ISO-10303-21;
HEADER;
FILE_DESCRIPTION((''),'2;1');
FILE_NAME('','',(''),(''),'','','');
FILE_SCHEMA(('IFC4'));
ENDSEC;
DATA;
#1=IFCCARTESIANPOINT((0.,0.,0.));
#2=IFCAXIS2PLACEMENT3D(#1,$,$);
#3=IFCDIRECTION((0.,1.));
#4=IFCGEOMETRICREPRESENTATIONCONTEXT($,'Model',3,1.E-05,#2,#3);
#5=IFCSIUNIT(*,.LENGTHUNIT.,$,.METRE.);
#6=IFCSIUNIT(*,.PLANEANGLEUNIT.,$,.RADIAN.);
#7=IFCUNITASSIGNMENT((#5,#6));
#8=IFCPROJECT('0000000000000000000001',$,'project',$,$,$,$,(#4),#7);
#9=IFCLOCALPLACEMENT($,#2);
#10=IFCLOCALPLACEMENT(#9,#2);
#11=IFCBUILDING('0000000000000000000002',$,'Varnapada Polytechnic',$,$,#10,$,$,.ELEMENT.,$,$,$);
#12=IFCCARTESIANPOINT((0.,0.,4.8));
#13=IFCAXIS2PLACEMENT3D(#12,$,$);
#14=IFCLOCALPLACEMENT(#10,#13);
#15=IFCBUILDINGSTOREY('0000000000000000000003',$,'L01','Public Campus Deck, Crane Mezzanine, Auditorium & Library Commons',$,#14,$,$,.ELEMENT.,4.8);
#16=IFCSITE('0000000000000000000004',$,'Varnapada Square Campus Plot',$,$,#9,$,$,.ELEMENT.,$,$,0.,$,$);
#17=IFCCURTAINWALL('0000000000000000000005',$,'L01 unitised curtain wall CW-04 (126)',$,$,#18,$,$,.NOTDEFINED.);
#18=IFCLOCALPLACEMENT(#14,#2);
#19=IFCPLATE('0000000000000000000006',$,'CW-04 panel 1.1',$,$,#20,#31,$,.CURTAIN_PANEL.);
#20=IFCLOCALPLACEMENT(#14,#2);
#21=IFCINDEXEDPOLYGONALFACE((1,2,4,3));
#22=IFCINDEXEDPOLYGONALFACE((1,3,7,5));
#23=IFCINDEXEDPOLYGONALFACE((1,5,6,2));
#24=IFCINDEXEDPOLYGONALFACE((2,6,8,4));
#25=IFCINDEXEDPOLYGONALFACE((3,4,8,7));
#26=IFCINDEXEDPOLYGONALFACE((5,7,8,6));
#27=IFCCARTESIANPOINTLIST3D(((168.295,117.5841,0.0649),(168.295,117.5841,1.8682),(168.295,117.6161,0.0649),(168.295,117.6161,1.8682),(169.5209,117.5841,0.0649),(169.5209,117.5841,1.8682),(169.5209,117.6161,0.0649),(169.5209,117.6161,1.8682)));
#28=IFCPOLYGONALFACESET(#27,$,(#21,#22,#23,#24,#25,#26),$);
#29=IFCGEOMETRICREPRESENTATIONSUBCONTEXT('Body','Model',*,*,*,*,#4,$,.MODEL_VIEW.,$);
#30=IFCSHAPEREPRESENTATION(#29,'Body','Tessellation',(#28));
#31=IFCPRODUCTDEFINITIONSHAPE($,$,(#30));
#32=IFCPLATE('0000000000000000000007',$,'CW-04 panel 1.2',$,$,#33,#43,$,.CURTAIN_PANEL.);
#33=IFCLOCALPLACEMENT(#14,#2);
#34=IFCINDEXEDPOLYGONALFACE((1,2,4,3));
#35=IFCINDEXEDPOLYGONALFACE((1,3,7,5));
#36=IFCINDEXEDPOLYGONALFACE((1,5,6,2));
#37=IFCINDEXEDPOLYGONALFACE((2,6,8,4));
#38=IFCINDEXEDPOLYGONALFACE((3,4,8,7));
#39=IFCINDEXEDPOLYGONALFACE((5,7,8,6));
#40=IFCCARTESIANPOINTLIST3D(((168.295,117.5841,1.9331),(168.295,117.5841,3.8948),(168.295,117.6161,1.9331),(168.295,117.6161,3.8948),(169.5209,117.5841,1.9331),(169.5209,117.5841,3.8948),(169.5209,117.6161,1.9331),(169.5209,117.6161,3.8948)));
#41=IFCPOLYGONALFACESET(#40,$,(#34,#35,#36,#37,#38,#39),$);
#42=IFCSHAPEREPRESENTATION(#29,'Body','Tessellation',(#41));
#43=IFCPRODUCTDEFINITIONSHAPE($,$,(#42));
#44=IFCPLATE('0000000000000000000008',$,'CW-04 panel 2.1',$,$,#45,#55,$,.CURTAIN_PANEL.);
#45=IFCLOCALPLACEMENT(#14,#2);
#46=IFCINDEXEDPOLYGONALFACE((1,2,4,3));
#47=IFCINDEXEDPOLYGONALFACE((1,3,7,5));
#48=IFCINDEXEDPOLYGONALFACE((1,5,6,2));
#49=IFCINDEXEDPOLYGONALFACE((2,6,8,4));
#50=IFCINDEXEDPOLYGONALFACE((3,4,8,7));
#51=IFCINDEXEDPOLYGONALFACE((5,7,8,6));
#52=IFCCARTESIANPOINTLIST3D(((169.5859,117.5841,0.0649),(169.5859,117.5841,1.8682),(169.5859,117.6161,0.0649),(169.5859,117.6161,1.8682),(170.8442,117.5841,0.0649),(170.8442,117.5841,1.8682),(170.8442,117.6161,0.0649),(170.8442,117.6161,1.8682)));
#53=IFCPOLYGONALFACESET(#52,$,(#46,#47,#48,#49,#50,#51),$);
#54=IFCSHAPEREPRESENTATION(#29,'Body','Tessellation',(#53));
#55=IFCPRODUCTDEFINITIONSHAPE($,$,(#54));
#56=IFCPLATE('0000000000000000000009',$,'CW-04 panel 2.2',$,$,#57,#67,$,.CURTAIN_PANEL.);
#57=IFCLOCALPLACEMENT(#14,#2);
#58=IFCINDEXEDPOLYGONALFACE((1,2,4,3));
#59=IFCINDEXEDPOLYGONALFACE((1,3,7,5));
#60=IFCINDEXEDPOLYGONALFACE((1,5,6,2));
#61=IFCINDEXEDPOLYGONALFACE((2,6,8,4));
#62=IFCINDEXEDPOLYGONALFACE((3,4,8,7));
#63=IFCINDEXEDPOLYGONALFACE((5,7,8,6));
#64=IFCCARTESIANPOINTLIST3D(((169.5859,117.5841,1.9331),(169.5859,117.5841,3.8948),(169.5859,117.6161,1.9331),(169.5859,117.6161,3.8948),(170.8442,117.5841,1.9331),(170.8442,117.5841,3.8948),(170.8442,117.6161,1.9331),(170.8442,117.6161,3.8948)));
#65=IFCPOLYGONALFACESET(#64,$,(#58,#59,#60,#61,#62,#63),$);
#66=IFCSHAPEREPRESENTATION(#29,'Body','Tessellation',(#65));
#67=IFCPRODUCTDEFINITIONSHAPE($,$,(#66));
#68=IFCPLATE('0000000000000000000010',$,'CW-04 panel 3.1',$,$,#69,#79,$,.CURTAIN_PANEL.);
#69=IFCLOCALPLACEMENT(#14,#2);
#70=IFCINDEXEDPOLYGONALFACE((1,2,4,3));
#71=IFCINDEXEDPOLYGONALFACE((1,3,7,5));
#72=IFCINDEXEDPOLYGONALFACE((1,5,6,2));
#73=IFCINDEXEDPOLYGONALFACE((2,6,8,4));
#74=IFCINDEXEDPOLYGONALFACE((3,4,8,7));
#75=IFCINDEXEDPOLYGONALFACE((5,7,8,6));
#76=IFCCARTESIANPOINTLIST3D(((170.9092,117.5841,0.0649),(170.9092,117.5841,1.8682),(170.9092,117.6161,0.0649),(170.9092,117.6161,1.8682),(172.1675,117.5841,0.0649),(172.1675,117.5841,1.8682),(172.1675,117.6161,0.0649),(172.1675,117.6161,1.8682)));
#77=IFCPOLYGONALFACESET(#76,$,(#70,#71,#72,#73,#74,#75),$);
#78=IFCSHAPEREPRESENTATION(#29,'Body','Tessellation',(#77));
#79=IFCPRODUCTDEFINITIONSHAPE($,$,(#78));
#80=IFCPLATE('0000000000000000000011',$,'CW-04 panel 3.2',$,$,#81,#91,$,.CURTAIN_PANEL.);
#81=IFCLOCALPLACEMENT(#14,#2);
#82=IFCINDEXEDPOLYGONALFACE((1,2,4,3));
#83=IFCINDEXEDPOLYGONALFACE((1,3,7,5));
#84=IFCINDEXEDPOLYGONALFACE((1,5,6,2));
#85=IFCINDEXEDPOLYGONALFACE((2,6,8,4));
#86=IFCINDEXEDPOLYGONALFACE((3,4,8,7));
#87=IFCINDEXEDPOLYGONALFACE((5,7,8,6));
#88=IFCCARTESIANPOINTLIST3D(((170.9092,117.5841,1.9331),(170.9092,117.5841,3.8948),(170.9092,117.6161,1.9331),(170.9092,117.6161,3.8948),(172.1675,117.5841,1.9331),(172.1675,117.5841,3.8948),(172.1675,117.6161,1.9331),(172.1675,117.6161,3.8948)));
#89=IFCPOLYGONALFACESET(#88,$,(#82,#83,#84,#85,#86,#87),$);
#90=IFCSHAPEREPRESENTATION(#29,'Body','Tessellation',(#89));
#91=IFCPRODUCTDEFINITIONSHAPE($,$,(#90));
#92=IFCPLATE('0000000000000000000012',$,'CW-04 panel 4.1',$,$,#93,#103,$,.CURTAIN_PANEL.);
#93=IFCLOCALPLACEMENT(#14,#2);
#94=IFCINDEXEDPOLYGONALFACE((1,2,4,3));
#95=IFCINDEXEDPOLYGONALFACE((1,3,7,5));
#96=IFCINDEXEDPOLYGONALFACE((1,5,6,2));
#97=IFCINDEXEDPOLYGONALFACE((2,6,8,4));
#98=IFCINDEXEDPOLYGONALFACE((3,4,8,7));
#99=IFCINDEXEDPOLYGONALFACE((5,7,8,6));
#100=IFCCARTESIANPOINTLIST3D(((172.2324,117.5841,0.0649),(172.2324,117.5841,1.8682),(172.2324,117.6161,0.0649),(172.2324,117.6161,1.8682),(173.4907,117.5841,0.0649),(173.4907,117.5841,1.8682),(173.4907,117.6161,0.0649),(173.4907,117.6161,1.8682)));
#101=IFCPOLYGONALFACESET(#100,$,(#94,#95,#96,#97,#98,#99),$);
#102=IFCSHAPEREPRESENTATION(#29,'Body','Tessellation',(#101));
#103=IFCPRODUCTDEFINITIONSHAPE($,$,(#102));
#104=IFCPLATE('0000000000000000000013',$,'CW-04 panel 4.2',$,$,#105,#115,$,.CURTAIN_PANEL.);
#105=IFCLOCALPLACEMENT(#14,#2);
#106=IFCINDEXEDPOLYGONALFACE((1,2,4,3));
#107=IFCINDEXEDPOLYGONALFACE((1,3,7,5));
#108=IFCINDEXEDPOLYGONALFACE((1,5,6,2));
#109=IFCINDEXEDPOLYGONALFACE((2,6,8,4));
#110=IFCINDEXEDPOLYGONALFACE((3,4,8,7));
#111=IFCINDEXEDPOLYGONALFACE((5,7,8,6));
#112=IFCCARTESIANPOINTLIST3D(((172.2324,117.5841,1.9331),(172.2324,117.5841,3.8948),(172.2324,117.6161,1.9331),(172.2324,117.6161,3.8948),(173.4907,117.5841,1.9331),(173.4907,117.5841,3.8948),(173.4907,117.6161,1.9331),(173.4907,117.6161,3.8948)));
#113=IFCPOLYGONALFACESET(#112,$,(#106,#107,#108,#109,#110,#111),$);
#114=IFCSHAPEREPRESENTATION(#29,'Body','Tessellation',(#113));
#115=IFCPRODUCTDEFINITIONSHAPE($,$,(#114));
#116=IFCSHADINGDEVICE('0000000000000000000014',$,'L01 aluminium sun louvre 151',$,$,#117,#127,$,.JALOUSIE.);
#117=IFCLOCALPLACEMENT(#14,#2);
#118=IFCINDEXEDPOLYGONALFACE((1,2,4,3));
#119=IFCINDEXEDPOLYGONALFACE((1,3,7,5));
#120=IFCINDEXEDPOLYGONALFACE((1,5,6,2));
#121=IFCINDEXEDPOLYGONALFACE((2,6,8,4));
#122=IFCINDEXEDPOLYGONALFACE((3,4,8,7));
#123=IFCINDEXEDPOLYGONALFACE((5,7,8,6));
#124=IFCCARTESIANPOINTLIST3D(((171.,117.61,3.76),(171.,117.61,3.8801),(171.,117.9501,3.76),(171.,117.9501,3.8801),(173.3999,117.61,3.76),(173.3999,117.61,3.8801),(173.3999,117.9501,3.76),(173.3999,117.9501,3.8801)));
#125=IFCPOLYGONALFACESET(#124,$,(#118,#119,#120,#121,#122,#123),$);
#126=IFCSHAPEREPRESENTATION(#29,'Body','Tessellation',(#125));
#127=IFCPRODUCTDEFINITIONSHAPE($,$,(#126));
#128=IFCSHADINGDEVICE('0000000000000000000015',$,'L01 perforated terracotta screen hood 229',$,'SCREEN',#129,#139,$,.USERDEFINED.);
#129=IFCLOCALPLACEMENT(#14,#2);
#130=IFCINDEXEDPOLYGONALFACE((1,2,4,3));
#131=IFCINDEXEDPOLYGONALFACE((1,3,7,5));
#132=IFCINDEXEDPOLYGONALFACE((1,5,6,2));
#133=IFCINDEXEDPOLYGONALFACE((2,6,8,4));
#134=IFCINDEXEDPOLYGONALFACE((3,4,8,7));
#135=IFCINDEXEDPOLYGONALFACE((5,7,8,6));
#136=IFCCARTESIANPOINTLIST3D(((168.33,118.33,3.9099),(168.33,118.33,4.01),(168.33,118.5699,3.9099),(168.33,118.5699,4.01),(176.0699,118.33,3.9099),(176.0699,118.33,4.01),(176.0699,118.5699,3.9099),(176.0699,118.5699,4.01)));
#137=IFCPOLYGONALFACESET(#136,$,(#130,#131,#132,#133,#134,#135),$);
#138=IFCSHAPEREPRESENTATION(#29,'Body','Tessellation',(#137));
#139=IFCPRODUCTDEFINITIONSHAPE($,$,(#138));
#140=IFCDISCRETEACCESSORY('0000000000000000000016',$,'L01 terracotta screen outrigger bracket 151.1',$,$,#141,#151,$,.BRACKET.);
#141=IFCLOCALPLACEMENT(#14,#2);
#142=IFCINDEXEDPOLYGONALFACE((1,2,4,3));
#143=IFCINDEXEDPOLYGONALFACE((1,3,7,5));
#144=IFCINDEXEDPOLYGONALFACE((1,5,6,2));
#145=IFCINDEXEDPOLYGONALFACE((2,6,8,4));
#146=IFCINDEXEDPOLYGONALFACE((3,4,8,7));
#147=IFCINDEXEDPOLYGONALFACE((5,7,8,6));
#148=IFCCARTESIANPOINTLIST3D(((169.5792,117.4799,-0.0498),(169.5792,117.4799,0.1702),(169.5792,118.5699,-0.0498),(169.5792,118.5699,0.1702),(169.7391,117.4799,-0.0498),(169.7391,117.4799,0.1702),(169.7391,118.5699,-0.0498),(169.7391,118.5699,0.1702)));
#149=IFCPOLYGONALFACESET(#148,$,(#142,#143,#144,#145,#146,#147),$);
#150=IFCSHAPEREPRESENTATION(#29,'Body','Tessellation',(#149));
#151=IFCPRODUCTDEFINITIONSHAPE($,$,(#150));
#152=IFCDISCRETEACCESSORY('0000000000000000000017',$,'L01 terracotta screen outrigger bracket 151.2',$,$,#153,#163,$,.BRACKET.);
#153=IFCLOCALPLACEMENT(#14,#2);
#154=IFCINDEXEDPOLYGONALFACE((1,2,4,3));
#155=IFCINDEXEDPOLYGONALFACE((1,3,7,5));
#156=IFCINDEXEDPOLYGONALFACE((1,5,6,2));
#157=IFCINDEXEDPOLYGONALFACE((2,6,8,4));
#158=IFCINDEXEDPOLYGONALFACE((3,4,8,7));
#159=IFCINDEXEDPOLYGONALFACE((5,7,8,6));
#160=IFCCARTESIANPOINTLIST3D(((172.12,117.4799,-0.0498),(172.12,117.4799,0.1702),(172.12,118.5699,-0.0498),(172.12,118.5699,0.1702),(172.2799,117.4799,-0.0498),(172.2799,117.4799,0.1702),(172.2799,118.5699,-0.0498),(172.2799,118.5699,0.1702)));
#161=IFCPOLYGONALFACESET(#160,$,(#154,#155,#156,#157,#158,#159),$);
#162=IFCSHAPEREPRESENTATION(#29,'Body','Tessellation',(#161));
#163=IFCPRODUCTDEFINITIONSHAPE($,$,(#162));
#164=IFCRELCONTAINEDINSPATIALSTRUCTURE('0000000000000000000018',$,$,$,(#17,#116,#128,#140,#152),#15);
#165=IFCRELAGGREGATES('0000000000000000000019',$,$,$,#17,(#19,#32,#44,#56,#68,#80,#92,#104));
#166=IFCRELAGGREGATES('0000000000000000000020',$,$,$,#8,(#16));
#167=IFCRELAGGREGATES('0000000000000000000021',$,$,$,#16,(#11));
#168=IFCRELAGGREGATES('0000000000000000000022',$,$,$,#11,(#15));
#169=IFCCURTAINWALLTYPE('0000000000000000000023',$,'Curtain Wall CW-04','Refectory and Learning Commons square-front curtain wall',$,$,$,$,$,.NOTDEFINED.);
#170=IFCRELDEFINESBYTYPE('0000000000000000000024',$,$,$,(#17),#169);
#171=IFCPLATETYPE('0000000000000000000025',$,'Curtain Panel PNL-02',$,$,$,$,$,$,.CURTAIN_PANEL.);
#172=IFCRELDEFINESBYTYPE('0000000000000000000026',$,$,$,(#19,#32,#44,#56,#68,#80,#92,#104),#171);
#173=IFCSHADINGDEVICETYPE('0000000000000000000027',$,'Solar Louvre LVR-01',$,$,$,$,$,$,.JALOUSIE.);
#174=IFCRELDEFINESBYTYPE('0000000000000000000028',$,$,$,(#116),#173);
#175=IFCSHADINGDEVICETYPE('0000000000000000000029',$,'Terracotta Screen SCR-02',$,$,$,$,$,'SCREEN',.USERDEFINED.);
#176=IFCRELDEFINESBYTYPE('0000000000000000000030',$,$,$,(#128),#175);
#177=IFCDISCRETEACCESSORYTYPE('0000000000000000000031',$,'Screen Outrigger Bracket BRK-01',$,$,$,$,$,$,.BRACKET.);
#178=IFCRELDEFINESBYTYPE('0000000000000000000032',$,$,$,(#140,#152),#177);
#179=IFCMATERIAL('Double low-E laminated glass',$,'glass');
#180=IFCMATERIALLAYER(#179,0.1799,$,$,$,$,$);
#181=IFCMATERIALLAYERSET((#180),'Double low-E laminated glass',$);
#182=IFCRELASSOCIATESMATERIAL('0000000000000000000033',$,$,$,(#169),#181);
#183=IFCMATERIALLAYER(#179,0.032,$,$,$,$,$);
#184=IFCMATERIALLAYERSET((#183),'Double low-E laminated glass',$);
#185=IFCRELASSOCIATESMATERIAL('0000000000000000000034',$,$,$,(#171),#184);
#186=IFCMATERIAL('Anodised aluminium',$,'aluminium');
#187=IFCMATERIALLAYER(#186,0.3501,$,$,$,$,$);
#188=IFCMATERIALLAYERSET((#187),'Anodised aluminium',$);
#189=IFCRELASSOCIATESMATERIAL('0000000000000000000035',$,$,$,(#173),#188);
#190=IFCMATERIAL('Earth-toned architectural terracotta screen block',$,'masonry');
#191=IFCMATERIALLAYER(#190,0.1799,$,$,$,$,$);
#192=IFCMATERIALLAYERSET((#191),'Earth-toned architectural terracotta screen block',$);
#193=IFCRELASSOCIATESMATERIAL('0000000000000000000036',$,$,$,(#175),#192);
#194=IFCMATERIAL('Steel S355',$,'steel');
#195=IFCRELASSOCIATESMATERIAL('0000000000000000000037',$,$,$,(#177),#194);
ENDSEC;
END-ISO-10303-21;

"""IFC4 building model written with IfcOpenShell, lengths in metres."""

from ifc_helpers import new_model, si_unit, direction, frame, origin, origin_2d, place, context, subcontext, project, spatial, rectangle, extrude, material, layer, layer_set, type_object, element, aggregate, save


model = new_model("IFC4")

# Units and contexts
model_context = context("Model", 3, precision=1e-05, world=origin(), true_north=direction((0.0, 1.0)))
body_context = subcontext(model_context, "Body", "Model", "MODEL_VIEW")
ifc_project = project(units=[si_unit("LENGTHUNIT", "METRE"), si_unit("PLANEANGLEUNIT", "RADIAN")], contexts=[model_context])

# Site, building, storey
site_placement = place(None, origin())
site = spatial("IfcSite", under=ifc_project, at=site_placement, Name="Varnapada Square Campus Plot", CompositionType="ELEMENT", RefElevation=0.0)
building_placement = place(site_placement, origin())
building = spatial("IfcBuilding", under=site, at=building_placement, Name="Varnapada Polytechnic", CompositionType="ELEMENT")
storey_placement = place(building_placement, frame((0.0, 0.0, 4.8)))
storey = spatial("IfcBuildingStorey", under=building, at=storey_placement, Name="L01", Description="Public Campus Deck, Crane Mezzanine, Auditorium & Library Commons", CompositionType="ELEMENT", Elevation=4.8)

# Curtain wall, plates
ifc_material_1 = material(Name="Double low-E laminated glass", Category="glass")
ifc_layer_1 = layer(ifc_material_1, 0.1799)
ifc_layer_set_1 = layer_set([ifc_layer_1], Name="Double low-E laminated glass")
curtain_wall_type = type_object("IfcCurtainWallType", Name="Curtain Wall CW-04", Description="Refectory and Learning Commons square-front curtain wall", PredefinedType="NOTDEFINED", material=ifc_layer_set_1)
curtain_wall_placement = place(storey_placement, origin())
curtain_wall = element("IfcCurtainWall", 1, at=curtain_wall_placement, inside=storey, type_object=curtain_wall_type, Name="L01 unitised curtain wall CW-04 (126)", PredefinedType="NOTDEFINED")
ifc_material_2 = material(Name="Anodised aluminium", Category="aluminium")
ifc_layer_2 = layer(ifc_material_1, 0.032)
ifc_layer_set_2 = layer_set([ifc_layer_2], Name="Double low-E laminated glass")
plate_type = type_object("IfcPlateType", Name="Curtain Panel PNL-02", PredefinedType="CURTAIN_PANEL", material=ifc_layer_set_2)
plate_1_placement = place(storey_placement, frame((168.908, 117.6001, 0.0649), z_axis=(0.0, 0.0, 1.0), x_axis=(1.0, 0.0, 0.0)))
plate_1 = element("IfcPlate", 2, at=plate_1_placement, type_object=plate_type, Name="CW-04 panel 1.1", PredefinedType="CURTAIN_PANEL", context=body_context, shape_type="SweptSolid", body=[
    extrude(rectangle(XDim=1.2258, YDim=0.032, at=origin_2d()), origin(), (0.0, 0.0, 1.0), 1.8032),
])
plate_2_placement = place(storey_placement, frame((168.908, 117.6001, 1.9331), z_axis=(0.0, 0.0, 1.0), x_axis=(1.0, 0.0, 0.0)))
plate_2 = element("IfcPlate", 3, at=plate_2_placement, type_object=plate_type, Name="CW-04 panel 1.2", PredefinedType="CURTAIN_PANEL", context=body_context, shape_type="SweptSolid", body=[
    extrude(rectangle(XDim=1.2258, YDim=0.032, at=origin_2d()), origin(), (0.0, 0.0, 1.0), 1.9617),
])
plate_3_placement = place(storey_placement, frame((170.2151, 117.6001, 0.0649), z_axis=(0.0, 0.0, 1.0), x_axis=(1.0, 0.0, 0.0)))
plate_3 = element("IfcPlate", 4, at=plate_3_placement, type_object=plate_type, Name="CW-04 panel 2.1", PredefinedType="CURTAIN_PANEL", context=body_context, shape_type="SweptSolid", body=[
    extrude(rectangle(XDim=1.2583, YDim=0.032, at=origin_2d()), origin(), (0.0, 0.0, 1.0), 1.8032),
])
plate_4_placement = place(storey_placement, frame((170.2151, 117.6001, 1.9331), z_axis=(0.0, 0.0, 1.0), x_axis=(1.0, 0.0, 0.0)))
plate_4 = element("IfcPlate", 5, at=plate_4_placement, type_object=plate_type, Name="CW-04 panel 2.2", PredefinedType="CURTAIN_PANEL", context=body_context, shape_type="SweptSolid", body=[
    extrude(rectangle(XDim=1.2583, YDim=0.032, at=origin_2d()), origin(), (0.0, 0.0, 1.0), 1.9617),
])
plate_5_placement = place(storey_placement, frame((171.5383, 117.6001, 0.0649), z_axis=(0.0, 0.0, 1.0), x_axis=(1.0, 0.0, 0.0)))
plate_5 = element("IfcPlate", 6, at=plate_5_placement, type_object=plate_type, Name="CW-04 panel 3.1", PredefinedType="CURTAIN_PANEL", context=body_context, shape_type="SweptSolid", body=[
    extrude(rectangle(XDim=1.2583, YDim=0.032, at=origin_2d()), origin(), (0.0, 0.0, 1.0), 1.8032),
])
plate_6_placement = place(storey_placement, frame((171.5383, 117.6001, 1.9331), z_axis=(0.0, 0.0, 1.0), x_axis=(1.0, 0.0, 0.0)))
plate_6 = element("IfcPlate", 7, at=plate_6_placement, type_object=plate_type, Name="CW-04 panel 3.2", PredefinedType="CURTAIN_PANEL", context=body_context, shape_type="SweptSolid", body=[
    extrude(rectangle(XDim=1.2583, YDim=0.032, at=origin_2d()), origin(), (0.0, 0.0, 1.0), 1.9617),
])
plate_7_placement = place(storey_placement, frame((172.8616, 117.6001, 0.0649), z_axis=(0.0, 0.0, 1.0), x_axis=(1.0, 0.0, 0.0)))
plate_7 = element("IfcPlate", 8, at=plate_7_placement, type_object=plate_type, Name="CW-04 panel 4.1", PredefinedType="CURTAIN_PANEL", context=body_context, shape_type="SweptSolid", body=[
    extrude(rectangle(XDim=1.2583, YDim=0.032, at=origin_2d()), origin(), (0.0, 0.0, 1.0), 1.8032),
])
plate_8_placement = place(storey_placement, frame((172.8616, 117.6001, 1.9331), z_axis=(0.0, 0.0, 1.0), x_axis=(1.0, 0.0, 0.0)))
plate_8 = element("IfcPlate", 9, at=plate_8_placement, type_object=plate_type, Name="CW-04 panel 4.2", PredefinedType="CURTAIN_PANEL", context=body_context, shape_type="SweptSolid", body=[
    extrude(rectangle(XDim=1.2583, YDim=0.032, at=origin_2d()), origin(), (0.0, 0.0, 1.0), 1.9617),
])
aggregate(curtain_wall, [plate_1, plate_2, plate_3, plate_4, plate_5, plate_6, plate_7, plate_8])

# Shading devices
ifc_layer_3 = layer(ifc_material_2, 0.3501)
ifc_layer_set_3 = layer_set([ifc_layer_3], Name="Anodised aluminium")
shading_device_type_1 = type_object("IfcShadingDeviceType", Name="Solar Louvre LVR-01", PredefinedType="JALOUSIE", material=ifc_layer_set_3)
shading_device_1_placement = place(storey_placement, frame((172.2, 117.78, 3.76), z_axis=(0.0, 0.0, 1.0), x_axis=(1.0, 0.0, 0.0)))
element("IfcShadingDevice", 10, at=shading_device_1_placement, inside=storey, type_object=shading_device_type_1, Name="L01 aluminium sun louvre 151", PredefinedType="JALOUSIE", context=body_context, shape_type="SweptSolid", body=[
    extrude(rectangle(XDim=2.3999, YDim=0.3401, at=origin_2d()), origin(), (0.0, 0.0, 1.0), 0.1201),
])
ifc_material_3 = material(Name="Earth-toned architectural terracotta screen block", Category="masonry")
ifc_layer_4 = layer(ifc_material_3, 0.1799)
ifc_layer_set_4 = layer_set([ifc_layer_4], Name="Earth-toned architectural terracotta screen block")
shading_device_type_2 = type_object("IfcShadingDeviceType", Name="Terracotta Screen SCR-02", ElementType="SCREEN", PredefinedType="USERDEFINED", material=ifc_layer_set_4)
shading_device_2_placement = place(storey_placement, frame((172.2, 118.45, 3.9099), z_axis=(0.0, 0.0, 1.0), x_axis=(1.0, 0.0, 0.0)))
element("IfcShadingDevice", 11, at=shading_device_2_placement, inside=storey, type_object=shading_device_type_2, Name="L01 perforated terracotta screen hood 229", ObjectType="SCREEN", PredefinedType="USERDEFINED", context=body_context, shape_type="SweptSolid", body=[
    extrude(rectangle(XDim=7.74, YDim=0.24, at=origin_2d()), origin(), (0.0, 0.0, 1.0), 0.1001),
])

# Discrete accessories
ifc_material_4 = material(Name="Steel S355", Category="steel")
discrete_accessory_type = type_object("IfcDiscreteAccessoryType", Name="Screen Outrigger Bracket BRK-01", PredefinedType="BRACKET", material=ifc_material_4)
for number, where, z_axis, x_axis, name in (
    (12, (169.6592, 118.0249, -0.0498), (0.0, 0.0, 1.0), (1.0, 0.0, 0.0), "L01 terracotta screen outrigger bracket 151.1"),
    (13, (172.2, 118.0249, -0.0498), (0.0, 0.0, 1.0), (1.0, 0.0, 0.0), "L01 terracotta screen outrigger bracket 151.2"),
):
    element("IfcDiscreteAccessory", number, at=place(storey_placement, frame(where, z_axis=z_axis, x_axis=x_axis)), inside=storey, type_object=discrete_accessory_type, Name=name, PredefinedType="BRACKET", context=body_context, shape_type="SweptSolid", body=[
        extrude(rectangle(XDim=0.1599, YDim=1.0901, at=origin_2d()), origin(), (0.0, 0.0, 1.0), 0.22),
    ])

save(model, "model.ifc")
